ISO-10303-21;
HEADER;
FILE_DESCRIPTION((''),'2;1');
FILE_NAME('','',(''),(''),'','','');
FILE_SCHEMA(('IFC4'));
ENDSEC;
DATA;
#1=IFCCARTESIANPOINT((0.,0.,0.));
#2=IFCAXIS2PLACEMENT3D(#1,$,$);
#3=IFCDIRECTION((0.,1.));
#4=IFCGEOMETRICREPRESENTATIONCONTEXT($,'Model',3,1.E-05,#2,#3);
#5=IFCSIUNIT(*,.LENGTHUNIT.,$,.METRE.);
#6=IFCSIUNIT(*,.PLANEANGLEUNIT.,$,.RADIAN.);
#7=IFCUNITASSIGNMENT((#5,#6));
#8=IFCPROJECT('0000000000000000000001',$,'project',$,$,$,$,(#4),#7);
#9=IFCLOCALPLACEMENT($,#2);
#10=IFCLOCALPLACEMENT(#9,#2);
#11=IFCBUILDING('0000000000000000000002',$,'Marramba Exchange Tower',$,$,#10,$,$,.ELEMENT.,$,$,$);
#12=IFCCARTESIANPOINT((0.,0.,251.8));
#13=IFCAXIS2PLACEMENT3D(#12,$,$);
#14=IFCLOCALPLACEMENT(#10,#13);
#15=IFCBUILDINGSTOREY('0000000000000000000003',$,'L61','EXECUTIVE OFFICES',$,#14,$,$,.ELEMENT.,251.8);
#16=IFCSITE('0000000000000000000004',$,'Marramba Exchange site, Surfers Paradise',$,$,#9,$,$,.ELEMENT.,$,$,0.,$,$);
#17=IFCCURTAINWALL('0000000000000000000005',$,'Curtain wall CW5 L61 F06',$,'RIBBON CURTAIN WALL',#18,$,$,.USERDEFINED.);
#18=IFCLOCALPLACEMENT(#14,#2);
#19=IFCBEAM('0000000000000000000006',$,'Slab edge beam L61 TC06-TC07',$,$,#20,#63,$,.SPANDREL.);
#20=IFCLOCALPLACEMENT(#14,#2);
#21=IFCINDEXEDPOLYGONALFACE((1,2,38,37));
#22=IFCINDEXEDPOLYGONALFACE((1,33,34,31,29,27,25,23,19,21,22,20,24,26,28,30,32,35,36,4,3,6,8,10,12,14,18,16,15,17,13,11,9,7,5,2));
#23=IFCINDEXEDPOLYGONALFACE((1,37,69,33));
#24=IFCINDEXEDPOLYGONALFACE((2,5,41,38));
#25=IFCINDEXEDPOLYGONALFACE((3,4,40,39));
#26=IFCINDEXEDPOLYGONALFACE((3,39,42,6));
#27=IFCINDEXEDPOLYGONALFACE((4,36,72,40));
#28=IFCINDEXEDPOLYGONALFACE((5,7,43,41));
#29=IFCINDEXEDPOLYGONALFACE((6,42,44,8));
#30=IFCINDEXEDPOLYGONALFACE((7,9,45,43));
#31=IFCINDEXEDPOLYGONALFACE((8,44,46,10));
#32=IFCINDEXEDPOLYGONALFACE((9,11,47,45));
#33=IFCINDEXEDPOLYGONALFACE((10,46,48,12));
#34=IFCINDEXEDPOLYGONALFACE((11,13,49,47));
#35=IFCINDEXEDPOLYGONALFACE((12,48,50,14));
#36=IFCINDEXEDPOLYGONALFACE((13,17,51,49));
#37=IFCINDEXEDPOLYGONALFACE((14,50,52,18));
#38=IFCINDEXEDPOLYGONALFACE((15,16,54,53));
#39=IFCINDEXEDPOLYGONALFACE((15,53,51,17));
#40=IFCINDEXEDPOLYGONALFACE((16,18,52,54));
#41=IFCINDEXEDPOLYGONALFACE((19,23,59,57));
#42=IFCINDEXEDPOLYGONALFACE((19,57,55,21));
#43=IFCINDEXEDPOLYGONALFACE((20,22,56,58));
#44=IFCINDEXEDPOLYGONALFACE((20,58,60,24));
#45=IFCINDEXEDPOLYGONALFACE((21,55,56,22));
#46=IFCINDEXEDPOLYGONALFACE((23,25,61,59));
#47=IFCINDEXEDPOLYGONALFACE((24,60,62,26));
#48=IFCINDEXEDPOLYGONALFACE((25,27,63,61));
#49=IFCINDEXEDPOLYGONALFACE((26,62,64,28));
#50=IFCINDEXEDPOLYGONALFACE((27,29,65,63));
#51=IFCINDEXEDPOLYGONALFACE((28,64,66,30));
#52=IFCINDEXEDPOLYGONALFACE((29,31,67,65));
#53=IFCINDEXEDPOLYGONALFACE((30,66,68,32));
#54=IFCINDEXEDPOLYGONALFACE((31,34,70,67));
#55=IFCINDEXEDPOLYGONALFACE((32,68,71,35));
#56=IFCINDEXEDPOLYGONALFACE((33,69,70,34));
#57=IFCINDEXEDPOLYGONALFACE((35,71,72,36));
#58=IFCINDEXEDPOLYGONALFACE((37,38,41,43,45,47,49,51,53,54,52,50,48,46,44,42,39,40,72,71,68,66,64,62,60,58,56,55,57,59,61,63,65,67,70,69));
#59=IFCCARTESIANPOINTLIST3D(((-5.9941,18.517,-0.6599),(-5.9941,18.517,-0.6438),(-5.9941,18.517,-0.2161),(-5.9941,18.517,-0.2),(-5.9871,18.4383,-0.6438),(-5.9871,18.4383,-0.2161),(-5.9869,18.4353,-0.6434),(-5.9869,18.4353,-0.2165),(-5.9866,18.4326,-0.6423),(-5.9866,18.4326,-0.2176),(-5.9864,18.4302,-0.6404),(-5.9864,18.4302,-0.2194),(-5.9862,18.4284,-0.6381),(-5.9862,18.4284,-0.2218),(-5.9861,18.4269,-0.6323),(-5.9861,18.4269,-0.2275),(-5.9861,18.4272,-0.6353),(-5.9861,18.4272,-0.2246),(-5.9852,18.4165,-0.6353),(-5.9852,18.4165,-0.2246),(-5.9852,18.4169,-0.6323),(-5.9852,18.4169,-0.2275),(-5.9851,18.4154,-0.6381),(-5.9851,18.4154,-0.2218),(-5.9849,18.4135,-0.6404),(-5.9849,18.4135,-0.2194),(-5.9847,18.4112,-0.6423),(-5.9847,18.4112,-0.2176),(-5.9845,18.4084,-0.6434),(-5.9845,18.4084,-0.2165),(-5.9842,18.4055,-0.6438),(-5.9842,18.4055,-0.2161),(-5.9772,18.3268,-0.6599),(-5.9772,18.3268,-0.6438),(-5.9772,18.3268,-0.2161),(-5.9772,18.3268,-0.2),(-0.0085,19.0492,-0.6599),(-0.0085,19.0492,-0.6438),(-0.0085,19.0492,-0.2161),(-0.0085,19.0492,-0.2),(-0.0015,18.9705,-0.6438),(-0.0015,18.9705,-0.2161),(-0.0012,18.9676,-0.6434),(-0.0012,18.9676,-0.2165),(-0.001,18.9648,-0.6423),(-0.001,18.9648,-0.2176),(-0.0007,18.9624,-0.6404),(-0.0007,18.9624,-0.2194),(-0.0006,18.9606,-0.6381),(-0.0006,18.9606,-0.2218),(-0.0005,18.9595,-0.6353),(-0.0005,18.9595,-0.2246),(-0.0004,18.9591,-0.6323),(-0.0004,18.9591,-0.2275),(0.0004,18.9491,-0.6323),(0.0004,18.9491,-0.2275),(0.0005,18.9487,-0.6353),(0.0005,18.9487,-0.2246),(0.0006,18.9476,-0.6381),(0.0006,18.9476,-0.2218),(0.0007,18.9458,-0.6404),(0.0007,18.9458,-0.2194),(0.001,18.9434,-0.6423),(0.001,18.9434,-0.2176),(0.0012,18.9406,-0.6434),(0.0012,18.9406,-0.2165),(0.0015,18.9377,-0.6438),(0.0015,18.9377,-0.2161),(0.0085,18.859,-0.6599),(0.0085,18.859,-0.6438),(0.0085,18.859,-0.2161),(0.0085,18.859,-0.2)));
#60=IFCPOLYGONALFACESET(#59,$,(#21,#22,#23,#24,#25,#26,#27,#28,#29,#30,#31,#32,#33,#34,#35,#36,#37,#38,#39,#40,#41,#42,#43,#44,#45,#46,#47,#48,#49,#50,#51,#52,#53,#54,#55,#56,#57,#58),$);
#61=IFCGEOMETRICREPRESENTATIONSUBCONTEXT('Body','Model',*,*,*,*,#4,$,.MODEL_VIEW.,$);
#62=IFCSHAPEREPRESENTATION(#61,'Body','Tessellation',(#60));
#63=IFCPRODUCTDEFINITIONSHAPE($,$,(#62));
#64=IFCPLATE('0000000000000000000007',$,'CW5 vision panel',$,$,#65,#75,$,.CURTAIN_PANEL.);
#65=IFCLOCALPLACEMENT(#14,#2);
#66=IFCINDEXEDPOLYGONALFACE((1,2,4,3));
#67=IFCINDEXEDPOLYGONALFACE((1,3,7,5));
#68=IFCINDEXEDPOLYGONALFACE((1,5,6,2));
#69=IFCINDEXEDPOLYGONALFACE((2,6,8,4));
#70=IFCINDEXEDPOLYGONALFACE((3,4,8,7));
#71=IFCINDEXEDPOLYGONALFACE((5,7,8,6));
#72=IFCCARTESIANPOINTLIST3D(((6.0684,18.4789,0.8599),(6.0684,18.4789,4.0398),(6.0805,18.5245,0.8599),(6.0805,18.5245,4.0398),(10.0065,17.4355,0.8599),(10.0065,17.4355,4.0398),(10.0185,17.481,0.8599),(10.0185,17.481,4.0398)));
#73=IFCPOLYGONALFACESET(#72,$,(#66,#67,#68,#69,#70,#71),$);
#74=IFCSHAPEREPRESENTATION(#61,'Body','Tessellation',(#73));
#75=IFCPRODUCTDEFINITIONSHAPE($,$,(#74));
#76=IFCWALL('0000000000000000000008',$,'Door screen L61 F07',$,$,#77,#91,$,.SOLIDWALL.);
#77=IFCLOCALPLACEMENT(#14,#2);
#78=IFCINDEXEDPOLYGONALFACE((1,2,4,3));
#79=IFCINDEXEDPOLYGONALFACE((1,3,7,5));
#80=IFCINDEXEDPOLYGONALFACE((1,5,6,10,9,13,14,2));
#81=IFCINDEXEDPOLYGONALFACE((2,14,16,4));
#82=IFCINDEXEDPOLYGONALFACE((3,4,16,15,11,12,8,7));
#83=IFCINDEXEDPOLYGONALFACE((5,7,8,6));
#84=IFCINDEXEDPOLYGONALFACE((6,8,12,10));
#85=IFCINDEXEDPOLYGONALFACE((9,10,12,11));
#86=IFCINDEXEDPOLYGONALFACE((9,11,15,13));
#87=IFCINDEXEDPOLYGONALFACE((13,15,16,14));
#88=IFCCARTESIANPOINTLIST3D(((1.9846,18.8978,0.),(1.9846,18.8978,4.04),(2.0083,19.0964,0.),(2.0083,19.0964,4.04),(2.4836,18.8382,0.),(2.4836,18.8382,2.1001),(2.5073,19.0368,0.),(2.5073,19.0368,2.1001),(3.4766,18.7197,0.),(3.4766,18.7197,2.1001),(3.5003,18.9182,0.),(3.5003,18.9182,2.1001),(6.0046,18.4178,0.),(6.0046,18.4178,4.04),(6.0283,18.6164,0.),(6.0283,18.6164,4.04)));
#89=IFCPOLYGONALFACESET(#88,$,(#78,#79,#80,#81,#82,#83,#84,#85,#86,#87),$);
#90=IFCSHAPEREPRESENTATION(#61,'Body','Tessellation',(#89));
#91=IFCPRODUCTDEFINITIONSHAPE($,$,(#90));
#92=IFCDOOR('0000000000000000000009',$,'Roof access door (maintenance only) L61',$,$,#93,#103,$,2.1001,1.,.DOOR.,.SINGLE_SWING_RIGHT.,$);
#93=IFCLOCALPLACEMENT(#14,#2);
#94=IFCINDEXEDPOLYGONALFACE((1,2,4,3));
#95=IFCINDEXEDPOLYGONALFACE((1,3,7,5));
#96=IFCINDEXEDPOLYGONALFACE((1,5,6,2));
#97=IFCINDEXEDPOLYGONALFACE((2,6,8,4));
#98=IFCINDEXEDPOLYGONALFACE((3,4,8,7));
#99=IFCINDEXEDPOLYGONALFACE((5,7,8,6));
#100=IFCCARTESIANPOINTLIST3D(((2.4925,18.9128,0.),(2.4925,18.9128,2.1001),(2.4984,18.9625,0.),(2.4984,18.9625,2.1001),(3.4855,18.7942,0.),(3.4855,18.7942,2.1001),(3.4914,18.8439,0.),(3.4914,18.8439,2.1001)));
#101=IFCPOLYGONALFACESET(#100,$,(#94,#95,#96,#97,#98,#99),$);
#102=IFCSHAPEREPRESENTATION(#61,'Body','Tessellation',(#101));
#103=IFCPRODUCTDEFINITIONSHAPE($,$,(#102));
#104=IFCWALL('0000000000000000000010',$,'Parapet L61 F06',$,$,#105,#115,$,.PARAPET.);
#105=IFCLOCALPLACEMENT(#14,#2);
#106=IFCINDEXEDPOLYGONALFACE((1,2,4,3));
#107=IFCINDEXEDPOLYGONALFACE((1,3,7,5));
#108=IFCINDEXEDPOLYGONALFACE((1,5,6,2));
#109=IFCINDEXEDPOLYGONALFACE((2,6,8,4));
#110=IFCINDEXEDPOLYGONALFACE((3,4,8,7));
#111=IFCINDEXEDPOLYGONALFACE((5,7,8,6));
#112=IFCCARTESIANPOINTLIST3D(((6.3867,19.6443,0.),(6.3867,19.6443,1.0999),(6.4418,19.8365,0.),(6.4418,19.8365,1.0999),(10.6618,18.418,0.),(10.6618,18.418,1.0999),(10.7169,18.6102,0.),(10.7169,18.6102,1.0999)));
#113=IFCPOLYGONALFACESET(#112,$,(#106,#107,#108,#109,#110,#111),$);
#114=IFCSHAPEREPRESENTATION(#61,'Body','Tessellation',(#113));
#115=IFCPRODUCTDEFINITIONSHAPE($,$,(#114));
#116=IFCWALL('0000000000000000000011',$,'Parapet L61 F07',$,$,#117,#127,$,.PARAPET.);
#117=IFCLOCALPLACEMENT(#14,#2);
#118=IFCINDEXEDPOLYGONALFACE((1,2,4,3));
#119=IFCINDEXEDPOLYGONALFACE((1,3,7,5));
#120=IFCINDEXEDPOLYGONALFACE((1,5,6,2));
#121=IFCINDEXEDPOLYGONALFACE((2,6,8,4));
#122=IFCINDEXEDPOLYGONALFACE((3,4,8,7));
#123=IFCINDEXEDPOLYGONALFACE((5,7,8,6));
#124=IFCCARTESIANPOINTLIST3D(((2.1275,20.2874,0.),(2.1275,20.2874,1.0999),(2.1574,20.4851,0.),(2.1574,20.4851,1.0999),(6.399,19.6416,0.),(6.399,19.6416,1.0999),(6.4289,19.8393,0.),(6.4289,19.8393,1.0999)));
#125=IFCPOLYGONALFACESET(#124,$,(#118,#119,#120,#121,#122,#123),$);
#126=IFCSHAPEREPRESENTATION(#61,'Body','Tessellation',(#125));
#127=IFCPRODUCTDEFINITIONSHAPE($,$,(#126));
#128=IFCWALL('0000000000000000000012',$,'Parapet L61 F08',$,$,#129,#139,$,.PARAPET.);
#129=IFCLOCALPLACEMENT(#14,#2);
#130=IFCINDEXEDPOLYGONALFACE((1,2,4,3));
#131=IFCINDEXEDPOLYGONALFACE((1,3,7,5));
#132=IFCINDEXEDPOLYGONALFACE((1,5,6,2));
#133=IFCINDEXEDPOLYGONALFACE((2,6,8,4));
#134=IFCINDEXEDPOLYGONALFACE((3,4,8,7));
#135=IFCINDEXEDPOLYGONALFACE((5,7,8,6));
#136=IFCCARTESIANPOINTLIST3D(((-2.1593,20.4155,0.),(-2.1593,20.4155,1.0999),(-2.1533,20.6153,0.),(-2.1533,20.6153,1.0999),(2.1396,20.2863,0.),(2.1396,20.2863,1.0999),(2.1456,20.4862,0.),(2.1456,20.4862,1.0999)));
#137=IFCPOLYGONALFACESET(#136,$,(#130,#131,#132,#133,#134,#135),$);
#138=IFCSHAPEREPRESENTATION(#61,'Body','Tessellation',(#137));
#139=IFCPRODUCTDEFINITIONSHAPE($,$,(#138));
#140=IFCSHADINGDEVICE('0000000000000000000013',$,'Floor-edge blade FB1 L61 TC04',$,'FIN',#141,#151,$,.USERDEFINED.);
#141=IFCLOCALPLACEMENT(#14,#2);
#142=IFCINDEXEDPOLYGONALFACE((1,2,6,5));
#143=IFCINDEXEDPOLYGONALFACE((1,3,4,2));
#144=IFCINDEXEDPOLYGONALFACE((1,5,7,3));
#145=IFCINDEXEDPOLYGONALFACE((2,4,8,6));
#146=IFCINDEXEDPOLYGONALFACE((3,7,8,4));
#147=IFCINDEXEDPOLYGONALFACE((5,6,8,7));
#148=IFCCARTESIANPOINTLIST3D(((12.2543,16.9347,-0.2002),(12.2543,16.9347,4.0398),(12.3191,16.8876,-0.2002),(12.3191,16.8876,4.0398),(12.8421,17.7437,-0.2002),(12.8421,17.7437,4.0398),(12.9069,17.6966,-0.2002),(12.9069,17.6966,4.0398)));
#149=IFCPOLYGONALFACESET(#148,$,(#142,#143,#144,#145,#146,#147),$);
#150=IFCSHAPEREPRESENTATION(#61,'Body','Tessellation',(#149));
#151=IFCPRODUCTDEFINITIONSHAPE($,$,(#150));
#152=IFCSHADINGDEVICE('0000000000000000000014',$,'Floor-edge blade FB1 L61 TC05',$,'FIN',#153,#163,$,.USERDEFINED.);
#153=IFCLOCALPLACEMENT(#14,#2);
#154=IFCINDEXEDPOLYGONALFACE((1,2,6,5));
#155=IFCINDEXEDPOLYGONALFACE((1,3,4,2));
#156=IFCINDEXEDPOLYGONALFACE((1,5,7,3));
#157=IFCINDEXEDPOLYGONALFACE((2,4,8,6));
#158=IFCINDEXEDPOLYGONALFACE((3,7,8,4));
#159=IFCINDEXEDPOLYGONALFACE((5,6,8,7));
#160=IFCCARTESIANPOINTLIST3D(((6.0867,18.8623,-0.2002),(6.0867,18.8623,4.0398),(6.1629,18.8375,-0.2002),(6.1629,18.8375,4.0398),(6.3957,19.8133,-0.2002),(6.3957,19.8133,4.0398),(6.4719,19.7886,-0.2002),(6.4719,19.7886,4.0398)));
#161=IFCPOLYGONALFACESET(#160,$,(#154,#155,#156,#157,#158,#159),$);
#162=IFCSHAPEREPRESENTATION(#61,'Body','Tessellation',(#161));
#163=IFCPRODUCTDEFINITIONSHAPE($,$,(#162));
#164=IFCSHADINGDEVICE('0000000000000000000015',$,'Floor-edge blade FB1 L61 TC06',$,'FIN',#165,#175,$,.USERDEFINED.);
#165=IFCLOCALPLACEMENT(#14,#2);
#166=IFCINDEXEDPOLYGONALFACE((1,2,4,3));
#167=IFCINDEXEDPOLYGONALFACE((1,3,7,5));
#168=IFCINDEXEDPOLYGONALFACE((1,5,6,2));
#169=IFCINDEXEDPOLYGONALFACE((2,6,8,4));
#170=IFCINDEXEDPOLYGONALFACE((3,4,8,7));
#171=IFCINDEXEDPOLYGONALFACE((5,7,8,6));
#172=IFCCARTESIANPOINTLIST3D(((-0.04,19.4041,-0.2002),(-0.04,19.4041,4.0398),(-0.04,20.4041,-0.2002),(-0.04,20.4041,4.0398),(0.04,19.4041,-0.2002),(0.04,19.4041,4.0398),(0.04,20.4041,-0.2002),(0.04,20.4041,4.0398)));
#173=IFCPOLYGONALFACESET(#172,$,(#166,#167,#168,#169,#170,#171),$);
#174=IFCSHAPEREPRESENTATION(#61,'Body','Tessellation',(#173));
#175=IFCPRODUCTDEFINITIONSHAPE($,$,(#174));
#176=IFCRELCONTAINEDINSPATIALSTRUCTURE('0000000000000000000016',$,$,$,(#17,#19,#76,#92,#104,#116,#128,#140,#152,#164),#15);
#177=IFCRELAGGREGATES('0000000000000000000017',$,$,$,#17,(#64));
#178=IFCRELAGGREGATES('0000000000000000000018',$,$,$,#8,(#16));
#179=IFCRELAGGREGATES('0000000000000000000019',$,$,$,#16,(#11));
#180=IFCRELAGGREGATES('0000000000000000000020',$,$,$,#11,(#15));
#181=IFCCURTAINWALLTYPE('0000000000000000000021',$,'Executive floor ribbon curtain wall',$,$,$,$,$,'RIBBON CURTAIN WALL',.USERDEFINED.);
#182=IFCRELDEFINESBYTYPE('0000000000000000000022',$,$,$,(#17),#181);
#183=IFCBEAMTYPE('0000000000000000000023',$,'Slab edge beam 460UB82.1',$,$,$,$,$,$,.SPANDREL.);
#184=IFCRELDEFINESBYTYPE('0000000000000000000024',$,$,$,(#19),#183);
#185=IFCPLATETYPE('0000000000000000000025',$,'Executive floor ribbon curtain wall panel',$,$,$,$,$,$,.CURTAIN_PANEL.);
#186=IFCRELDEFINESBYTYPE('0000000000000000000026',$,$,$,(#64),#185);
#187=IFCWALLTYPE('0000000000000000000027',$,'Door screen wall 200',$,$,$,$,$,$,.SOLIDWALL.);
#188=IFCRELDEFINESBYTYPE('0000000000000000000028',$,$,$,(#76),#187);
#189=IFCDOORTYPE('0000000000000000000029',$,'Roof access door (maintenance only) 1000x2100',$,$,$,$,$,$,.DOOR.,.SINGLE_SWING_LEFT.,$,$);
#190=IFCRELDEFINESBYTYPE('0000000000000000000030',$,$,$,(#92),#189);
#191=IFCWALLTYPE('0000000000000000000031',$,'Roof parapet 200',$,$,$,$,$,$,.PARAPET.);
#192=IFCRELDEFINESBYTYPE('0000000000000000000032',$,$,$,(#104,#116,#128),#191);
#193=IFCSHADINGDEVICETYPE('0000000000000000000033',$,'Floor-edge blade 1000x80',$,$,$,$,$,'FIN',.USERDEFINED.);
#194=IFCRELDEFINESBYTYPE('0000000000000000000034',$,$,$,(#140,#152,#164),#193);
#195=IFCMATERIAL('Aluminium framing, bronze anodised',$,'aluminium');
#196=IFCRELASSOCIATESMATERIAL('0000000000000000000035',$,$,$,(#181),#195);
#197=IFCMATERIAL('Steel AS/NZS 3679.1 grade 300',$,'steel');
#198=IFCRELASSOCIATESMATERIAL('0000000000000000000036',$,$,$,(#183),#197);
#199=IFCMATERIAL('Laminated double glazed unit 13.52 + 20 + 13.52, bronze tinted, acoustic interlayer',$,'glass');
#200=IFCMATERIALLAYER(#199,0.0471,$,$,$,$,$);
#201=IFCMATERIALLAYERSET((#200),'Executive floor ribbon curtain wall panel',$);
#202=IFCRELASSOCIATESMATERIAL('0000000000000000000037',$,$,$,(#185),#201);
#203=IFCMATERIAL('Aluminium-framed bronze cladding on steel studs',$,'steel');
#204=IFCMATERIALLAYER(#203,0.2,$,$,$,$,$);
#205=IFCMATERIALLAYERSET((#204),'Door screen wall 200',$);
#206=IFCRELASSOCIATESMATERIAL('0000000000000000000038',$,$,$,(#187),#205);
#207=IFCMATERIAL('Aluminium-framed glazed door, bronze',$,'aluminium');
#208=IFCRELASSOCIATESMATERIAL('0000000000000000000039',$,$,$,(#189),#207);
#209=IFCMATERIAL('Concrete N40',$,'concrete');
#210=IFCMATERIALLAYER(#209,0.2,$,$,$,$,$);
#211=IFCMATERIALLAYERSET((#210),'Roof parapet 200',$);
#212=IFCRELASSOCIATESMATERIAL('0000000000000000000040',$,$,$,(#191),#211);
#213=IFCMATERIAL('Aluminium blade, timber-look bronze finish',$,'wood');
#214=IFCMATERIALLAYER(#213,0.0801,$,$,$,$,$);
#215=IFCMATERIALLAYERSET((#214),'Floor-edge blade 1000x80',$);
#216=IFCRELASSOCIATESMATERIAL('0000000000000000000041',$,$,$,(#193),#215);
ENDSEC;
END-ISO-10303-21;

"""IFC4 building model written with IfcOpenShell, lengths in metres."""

from ifc_helpers import new_model, si_unit, direction, frame, frame_2d, origin, origin_2d, place, context, subcontext, project, spatial, rectangle, i_section, extrude, material, layer, layer_set, material_profile, profile_set, type_object, element, fill, aggregate, save


model = new_model("IFC4")

# Units and contexts
model_context = context("Model", 3, precision=1e-05, world=origin(), true_north=direction((0.0, 1.0)))
body_context = subcontext(model_context, "Body", "Model", "MODEL_VIEW")
ifc_project = project(units=[si_unit("LENGTHUNIT", "METRE"), si_unit("PLANEANGLEUNIT", "RADIAN")], contexts=[model_context])

# Site, building, storey
site_placement = place(None, origin())
site = spatial("IfcSite", under=ifc_project, at=site_placement, Name="Marramba Exchange site, Surfers Paradise", CompositionType="ELEMENT", RefElevation=0.0)
building_placement = place(site_placement, origin())
building = spatial("IfcBuilding", under=site, at=building_placement, Name="Marramba Exchange Tower", CompositionType="ELEMENT")
storey_placement = place(building_placement, frame((0.0, 0.0, 251.8)))
storey = spatial("IfcBuildingStorey", under=building, at=storey_placement, Name="L61", Description="EXECUTIVE OFFICES", CompositionType="ELEMENT", Elevation=251.8)

# Curtain wall
ifc_material_1 = material(Name="Aluminium framing, bronze anodised", Category="aluminium")
curtain_wall_type = type_object("IfcCurtainWallType", Name="Executive floor ribbon curtain wall", ElementType="RIBBON CURTAIN WALL", PredefinedType="USERDEFINED", material=ifc_material_1)
curtain_wall_1_placement = place(storey_placement, origin())
curtain_wall_1 = element("IfcCurtainWall", 1, at=curtain_wall_1_placement, inside=storey, type_object=curtain_wall_type, Name="Curtain wall CW5 L61 F06", ObjectType="RIBBON CURTAIN WALL", PredefinedType="USERDEFINED")

# Beam
ifc_material_2 = material(Name="Steel AS/NZS 3679.1 grade 300", Category="steel")
ifc_material_profile_1 = material_profile(ifc_material_2, i_section(OverallWidth=0.1909, OverallDepth=0.46, WebThickness=0.01, FlangeThickness=0.0161, FilletRadius=0.0115, at=origin_2d()), Name="460UB82.1")
ifc_profile_set_1 = profile_set([ifc_material_profile_1], Name="Steel AS/NZS 3679.1 grade 300")
beam_type_1 = type_object("IfcBeamType", Name="Slab edge beam 460UB82.1", PredefinedType="SPANDREL", material=ifc_profile_set_1)
for number, where, z_axis, x_axis, name in (
    (2, (0.0, 18.9541, -0.4299), (-0.99607, -0.088568, 0.0), (0.088568, -0.99607, 0.0), "Slab edge beam L61 TC06-TC07"),
):
    element("IfcBeam", number, at=place(storey_placement, frame(where, z_axis=z_axis, x_axis=x_axis)), inside=storey, type_object=beam_type_1, Name=name, PredefinedType="SPANDREL", context=body_context, shape_type="SweptSolid", body=[
        extrude(i_section(OverallWidth=0.1909, OverallDepth=0.46, WebThickness=0.01, FlangeThickness=0.0161, FilletRadius=0.0115, at=origin_2d()), origin(), (0.0, 0.0, 1.0), 6.0093),
    ])

# Plate
ifc_material_3 = material(Name="Laminated double glazed unit 13.52 + 20 + 13.52, bronze tinted, acoustic interlayer", Category="glass")
ifc_layer_1 = layer(ifc_material_3, 0.0471)
ifc_layer_set_1 = layer_set([ifc_layer_1], Name="Executive floor ribbon curtain wall panel")
plate_type = type_object("IfcPlateType", Name="Executive floor ribbon curtain wall panel", PredefinedType="CURTAIN_PANEL", material=ifc_layer_set_1)
plate_placement = place(storey_placement, frame((8.0435, 17.98, 0.8599), z_axis=(0.0, 0.0, 1.0), x_axis=(-0.966644, 0.256126, 0.0)))
plate = element("IfcPlate", 3, at=plate_placement, type_object=plate_type, Name="CW5 vision panel", PredefinedType="CURTAIN_PANEL", context=body_context, shape_type="SweptSolid", body=[
    extrude(rectangle(XDim=4.074, YDim=0.0471, at=origin_2d()), origin(), (0.0, 0.0, 1.0), 3.1799),
])
aggregate(curtain_wall_1, [plate])

# Wall, opening, door
ifc_material_4 = material(Name="Aluminium-framed bronze cladding on steel studs", Category="steel")
ifc_layer_2 = layer(ifc_material_4, 0.2)
ifc_layer_set_2 = layer_set([ifc_layer_2], Name="Door screen wall 200")
wall_type_1 = type_object("IfcWallType", Name="Door screen wall 200", PredefinedType="SOLIDWALL", material=ifc_layer_set_2)
wall_1_placement = place(storey_placement, frame((6.0166, 18.5171, 0.0), z_axis=(0.0, 0.0, 1.0), x_axis=(-0.992947, 0.118555, 0.0)))
wall_1 = element("IfcWall", 4, at=wall_1_placement, inside=storey, type_object=wall_type_1, Name="Door screen L61 F07", PredefinedType="SOLIDWALL", context=body_context, shape_type="SweptSolid", body=[
    extrude(rectangle(XDim=4.0486, YDim=0.2, at=frame_2d((2.0244, 0.0))), origin(), (0.0, 0.0, 1.0), 4.04),
])
opening_1_placement = place(wall_1_placement, frame((2.5461, 0.0, 0.0)))
opening_1 = element("IfcOpeningElement", 5, at=opening_1_placement, cuts=wall_1, PredefinedType="OPENING", context=body_context, shape_type="SweptSolid", body=[
    extrude(rectangle(XDim=1.0, YDim=2.1001, at=frame_2d((0.5, 1.05))), frame((0.0, 0.1099, 0.0), z_axis=(0.0, -1.0, 0.0), x_axis=(1.0, 0.0, 0.0)), (0.0, 0.0, 1.0), 0.22),
])
ifc_material_5 = material(Name="Aluminium-framed glazed door, bronze", Category="aluminium")
door_type_1 = type_object("IfcDoorType", Name="Roof access door (maintenance only) 1000x2100", OperationType="SINGLE_SWING_LEFT", PredefinedType="DOOR", material=ifc_material_5)
door_1_placement = place(opening_1_placement, frame((1.0, 0.0, 0.0), z_axis=(0.0, 0.0, 1.0), x_axis=(-1.0, 0.0, 0.0)))
door_1 = element("IfcDoor", 6, at=door_1_placement, inside=storey, type_object=door_type_1, Name="Roof access door (maintenance only) L61", OperationType="SINGLE_SWING_RIGHT", OverallHeight=2.1001, OverallWidth=1.0, PredefinedType="DOOR", context=body_context, shape_type="SweptSolid", body=[
    extrude(rectangle(XDim=1.0, YDim=2.1001, at=frame_2d((0.5, 1.05))), frame((0.0, 0.0251, 0.0), z_axis=(0.0, -1.0, 0.0), x_axis=(1.0, 0.0, 0.0)), (0.0, 0.0, 1.0), 0.05),
])
fill(opening_1, door_1)

# Walls
ifc_material_6 = material(Name="Concrete N40", Category="concrete")
ifc_layer_3 = layer(ifc_material_6, 0.2)
ifc_layer_set_3 = layer_set([ifc_layer_3], Name="Roof parapet 200")
wall_type_2 = type_object("IfcWallType", Name="Roof parapet 200", PredefinedType="PARAPET", material=ifc_layer_set_3)
wall_2_placement = place(storey_placement, frame((10.6892, 18.5142, 0.0), z_axis=(0.0, 0.0, 1.0), x_axis=(-0.961235, 0.275729, 0.0)))
element("IfcWall", 7, at=wall_2_placement, inside=storey, type_object=wall_type_2, Name="Parapet L61 F06", PredefinedType="PARAPET", context=body_context, shape_type="SweptSolid", body=[
    extrude(rectangle(XDim=4.4475, YDim=0.2, at=frame_2d((2.2236, 0.0))), origin(), (0.0, 0.0, 1.0), 1.0999),
])
wall_3_placement = place(storey_placement, frame((6.4141, 19.7405, 0.0), z_axis=(0.0, 0.0, 1.0), x_axis=(-0.988765, 0.149479, 0.0)))
element("IfcWall", 8, at=wall_3_placement, inside=storey, type_object=wall_type_2, Name="Parapet L61 F07", PredefinedType="PARAPET", context=body_context, shape_type="SweptSolid", body=[
    extrude(rectangle(XDim=4.3201, YDim=0.2, at=frame_2d((2.1602, 0.0))), origin(), (0.0, 0.0, 1.0), 1.0999),
])
wall_4_placement = place(storey_placement, frame((2.1426, 20.3862, 0.0), z_axis=(0.0, 0.0, 1.0), x_axis=(-0.999549, 0.03003, 0.0)))
element("IfcWall", 9, at=wall_4_placement, inside=storey, type_object=wall_type_2, Name="Parapet L61 F08", PredefinedType="PARAPET", context=body_context, shape_type="SweptSolid", body=[
    extrude(rectangle(XDim=4.3008, YDim=0.2, at=frame_2d((2.1504, 0.0))), origin(), (0.0, 0.0, 1.0), 1.0999),
])

# Shading devices
ifc_material_7 = material(Name="Aluminium blade, timber-look bronze finish", Category="wood")
ifc_layer_4 = layer(ifc_material_7, 0.0801)
ifc_layer_set_4 = layer_set([ifc_layer_4], Name="Floor-edge blade 1000x80")
shading_device_type_1 = type_object("IfcShadingDeviceType", Name="Floor-edge blade 1000x80", ElementType="FIN", PredefinedType="USERDEFINED", material=ifc_layer_set_4)
for number, where, z_axis, x_axis, name in (
    (10, (12.5806, 17.3157, -0.2002), (0.0, 0.0, 1.0), (0.587785, 0.809017, 0.0), "Floor-edge blade FB1 L61 TC04"),
    (11, (6.2793, 19.3254, -0.2002), (0.0, 0.0, 1.0), (0.309017, 0.951057, 0.0), "Floor-edge blade FB1 L61 TC05"),
    (12, (0.0, 19.9041, -0.2002), (0.0, 0.0, 1.0), (0.0, 1.0, 0.0), "Floor-edge blade FB1 L61 TC06"),
):
    element("IfcShadingDevice", number, at=place(storey_placement, frame(where, z_axis=z_axis, x_axis=x_axis)), inside=storey, type_object=shading_device_type_1, Name=name, ObjectType="FIN", PredefinedType="USERDEFINED", context=body_context, shape_type="SweptSolid", body=[
        extrude(rectangle(XDim=1.0, YDim=0.0801, at=origin_2d()), origin(), (0.0, 0.0, 1.0), 4.24),
    ])

save(model, "model.ifc")
